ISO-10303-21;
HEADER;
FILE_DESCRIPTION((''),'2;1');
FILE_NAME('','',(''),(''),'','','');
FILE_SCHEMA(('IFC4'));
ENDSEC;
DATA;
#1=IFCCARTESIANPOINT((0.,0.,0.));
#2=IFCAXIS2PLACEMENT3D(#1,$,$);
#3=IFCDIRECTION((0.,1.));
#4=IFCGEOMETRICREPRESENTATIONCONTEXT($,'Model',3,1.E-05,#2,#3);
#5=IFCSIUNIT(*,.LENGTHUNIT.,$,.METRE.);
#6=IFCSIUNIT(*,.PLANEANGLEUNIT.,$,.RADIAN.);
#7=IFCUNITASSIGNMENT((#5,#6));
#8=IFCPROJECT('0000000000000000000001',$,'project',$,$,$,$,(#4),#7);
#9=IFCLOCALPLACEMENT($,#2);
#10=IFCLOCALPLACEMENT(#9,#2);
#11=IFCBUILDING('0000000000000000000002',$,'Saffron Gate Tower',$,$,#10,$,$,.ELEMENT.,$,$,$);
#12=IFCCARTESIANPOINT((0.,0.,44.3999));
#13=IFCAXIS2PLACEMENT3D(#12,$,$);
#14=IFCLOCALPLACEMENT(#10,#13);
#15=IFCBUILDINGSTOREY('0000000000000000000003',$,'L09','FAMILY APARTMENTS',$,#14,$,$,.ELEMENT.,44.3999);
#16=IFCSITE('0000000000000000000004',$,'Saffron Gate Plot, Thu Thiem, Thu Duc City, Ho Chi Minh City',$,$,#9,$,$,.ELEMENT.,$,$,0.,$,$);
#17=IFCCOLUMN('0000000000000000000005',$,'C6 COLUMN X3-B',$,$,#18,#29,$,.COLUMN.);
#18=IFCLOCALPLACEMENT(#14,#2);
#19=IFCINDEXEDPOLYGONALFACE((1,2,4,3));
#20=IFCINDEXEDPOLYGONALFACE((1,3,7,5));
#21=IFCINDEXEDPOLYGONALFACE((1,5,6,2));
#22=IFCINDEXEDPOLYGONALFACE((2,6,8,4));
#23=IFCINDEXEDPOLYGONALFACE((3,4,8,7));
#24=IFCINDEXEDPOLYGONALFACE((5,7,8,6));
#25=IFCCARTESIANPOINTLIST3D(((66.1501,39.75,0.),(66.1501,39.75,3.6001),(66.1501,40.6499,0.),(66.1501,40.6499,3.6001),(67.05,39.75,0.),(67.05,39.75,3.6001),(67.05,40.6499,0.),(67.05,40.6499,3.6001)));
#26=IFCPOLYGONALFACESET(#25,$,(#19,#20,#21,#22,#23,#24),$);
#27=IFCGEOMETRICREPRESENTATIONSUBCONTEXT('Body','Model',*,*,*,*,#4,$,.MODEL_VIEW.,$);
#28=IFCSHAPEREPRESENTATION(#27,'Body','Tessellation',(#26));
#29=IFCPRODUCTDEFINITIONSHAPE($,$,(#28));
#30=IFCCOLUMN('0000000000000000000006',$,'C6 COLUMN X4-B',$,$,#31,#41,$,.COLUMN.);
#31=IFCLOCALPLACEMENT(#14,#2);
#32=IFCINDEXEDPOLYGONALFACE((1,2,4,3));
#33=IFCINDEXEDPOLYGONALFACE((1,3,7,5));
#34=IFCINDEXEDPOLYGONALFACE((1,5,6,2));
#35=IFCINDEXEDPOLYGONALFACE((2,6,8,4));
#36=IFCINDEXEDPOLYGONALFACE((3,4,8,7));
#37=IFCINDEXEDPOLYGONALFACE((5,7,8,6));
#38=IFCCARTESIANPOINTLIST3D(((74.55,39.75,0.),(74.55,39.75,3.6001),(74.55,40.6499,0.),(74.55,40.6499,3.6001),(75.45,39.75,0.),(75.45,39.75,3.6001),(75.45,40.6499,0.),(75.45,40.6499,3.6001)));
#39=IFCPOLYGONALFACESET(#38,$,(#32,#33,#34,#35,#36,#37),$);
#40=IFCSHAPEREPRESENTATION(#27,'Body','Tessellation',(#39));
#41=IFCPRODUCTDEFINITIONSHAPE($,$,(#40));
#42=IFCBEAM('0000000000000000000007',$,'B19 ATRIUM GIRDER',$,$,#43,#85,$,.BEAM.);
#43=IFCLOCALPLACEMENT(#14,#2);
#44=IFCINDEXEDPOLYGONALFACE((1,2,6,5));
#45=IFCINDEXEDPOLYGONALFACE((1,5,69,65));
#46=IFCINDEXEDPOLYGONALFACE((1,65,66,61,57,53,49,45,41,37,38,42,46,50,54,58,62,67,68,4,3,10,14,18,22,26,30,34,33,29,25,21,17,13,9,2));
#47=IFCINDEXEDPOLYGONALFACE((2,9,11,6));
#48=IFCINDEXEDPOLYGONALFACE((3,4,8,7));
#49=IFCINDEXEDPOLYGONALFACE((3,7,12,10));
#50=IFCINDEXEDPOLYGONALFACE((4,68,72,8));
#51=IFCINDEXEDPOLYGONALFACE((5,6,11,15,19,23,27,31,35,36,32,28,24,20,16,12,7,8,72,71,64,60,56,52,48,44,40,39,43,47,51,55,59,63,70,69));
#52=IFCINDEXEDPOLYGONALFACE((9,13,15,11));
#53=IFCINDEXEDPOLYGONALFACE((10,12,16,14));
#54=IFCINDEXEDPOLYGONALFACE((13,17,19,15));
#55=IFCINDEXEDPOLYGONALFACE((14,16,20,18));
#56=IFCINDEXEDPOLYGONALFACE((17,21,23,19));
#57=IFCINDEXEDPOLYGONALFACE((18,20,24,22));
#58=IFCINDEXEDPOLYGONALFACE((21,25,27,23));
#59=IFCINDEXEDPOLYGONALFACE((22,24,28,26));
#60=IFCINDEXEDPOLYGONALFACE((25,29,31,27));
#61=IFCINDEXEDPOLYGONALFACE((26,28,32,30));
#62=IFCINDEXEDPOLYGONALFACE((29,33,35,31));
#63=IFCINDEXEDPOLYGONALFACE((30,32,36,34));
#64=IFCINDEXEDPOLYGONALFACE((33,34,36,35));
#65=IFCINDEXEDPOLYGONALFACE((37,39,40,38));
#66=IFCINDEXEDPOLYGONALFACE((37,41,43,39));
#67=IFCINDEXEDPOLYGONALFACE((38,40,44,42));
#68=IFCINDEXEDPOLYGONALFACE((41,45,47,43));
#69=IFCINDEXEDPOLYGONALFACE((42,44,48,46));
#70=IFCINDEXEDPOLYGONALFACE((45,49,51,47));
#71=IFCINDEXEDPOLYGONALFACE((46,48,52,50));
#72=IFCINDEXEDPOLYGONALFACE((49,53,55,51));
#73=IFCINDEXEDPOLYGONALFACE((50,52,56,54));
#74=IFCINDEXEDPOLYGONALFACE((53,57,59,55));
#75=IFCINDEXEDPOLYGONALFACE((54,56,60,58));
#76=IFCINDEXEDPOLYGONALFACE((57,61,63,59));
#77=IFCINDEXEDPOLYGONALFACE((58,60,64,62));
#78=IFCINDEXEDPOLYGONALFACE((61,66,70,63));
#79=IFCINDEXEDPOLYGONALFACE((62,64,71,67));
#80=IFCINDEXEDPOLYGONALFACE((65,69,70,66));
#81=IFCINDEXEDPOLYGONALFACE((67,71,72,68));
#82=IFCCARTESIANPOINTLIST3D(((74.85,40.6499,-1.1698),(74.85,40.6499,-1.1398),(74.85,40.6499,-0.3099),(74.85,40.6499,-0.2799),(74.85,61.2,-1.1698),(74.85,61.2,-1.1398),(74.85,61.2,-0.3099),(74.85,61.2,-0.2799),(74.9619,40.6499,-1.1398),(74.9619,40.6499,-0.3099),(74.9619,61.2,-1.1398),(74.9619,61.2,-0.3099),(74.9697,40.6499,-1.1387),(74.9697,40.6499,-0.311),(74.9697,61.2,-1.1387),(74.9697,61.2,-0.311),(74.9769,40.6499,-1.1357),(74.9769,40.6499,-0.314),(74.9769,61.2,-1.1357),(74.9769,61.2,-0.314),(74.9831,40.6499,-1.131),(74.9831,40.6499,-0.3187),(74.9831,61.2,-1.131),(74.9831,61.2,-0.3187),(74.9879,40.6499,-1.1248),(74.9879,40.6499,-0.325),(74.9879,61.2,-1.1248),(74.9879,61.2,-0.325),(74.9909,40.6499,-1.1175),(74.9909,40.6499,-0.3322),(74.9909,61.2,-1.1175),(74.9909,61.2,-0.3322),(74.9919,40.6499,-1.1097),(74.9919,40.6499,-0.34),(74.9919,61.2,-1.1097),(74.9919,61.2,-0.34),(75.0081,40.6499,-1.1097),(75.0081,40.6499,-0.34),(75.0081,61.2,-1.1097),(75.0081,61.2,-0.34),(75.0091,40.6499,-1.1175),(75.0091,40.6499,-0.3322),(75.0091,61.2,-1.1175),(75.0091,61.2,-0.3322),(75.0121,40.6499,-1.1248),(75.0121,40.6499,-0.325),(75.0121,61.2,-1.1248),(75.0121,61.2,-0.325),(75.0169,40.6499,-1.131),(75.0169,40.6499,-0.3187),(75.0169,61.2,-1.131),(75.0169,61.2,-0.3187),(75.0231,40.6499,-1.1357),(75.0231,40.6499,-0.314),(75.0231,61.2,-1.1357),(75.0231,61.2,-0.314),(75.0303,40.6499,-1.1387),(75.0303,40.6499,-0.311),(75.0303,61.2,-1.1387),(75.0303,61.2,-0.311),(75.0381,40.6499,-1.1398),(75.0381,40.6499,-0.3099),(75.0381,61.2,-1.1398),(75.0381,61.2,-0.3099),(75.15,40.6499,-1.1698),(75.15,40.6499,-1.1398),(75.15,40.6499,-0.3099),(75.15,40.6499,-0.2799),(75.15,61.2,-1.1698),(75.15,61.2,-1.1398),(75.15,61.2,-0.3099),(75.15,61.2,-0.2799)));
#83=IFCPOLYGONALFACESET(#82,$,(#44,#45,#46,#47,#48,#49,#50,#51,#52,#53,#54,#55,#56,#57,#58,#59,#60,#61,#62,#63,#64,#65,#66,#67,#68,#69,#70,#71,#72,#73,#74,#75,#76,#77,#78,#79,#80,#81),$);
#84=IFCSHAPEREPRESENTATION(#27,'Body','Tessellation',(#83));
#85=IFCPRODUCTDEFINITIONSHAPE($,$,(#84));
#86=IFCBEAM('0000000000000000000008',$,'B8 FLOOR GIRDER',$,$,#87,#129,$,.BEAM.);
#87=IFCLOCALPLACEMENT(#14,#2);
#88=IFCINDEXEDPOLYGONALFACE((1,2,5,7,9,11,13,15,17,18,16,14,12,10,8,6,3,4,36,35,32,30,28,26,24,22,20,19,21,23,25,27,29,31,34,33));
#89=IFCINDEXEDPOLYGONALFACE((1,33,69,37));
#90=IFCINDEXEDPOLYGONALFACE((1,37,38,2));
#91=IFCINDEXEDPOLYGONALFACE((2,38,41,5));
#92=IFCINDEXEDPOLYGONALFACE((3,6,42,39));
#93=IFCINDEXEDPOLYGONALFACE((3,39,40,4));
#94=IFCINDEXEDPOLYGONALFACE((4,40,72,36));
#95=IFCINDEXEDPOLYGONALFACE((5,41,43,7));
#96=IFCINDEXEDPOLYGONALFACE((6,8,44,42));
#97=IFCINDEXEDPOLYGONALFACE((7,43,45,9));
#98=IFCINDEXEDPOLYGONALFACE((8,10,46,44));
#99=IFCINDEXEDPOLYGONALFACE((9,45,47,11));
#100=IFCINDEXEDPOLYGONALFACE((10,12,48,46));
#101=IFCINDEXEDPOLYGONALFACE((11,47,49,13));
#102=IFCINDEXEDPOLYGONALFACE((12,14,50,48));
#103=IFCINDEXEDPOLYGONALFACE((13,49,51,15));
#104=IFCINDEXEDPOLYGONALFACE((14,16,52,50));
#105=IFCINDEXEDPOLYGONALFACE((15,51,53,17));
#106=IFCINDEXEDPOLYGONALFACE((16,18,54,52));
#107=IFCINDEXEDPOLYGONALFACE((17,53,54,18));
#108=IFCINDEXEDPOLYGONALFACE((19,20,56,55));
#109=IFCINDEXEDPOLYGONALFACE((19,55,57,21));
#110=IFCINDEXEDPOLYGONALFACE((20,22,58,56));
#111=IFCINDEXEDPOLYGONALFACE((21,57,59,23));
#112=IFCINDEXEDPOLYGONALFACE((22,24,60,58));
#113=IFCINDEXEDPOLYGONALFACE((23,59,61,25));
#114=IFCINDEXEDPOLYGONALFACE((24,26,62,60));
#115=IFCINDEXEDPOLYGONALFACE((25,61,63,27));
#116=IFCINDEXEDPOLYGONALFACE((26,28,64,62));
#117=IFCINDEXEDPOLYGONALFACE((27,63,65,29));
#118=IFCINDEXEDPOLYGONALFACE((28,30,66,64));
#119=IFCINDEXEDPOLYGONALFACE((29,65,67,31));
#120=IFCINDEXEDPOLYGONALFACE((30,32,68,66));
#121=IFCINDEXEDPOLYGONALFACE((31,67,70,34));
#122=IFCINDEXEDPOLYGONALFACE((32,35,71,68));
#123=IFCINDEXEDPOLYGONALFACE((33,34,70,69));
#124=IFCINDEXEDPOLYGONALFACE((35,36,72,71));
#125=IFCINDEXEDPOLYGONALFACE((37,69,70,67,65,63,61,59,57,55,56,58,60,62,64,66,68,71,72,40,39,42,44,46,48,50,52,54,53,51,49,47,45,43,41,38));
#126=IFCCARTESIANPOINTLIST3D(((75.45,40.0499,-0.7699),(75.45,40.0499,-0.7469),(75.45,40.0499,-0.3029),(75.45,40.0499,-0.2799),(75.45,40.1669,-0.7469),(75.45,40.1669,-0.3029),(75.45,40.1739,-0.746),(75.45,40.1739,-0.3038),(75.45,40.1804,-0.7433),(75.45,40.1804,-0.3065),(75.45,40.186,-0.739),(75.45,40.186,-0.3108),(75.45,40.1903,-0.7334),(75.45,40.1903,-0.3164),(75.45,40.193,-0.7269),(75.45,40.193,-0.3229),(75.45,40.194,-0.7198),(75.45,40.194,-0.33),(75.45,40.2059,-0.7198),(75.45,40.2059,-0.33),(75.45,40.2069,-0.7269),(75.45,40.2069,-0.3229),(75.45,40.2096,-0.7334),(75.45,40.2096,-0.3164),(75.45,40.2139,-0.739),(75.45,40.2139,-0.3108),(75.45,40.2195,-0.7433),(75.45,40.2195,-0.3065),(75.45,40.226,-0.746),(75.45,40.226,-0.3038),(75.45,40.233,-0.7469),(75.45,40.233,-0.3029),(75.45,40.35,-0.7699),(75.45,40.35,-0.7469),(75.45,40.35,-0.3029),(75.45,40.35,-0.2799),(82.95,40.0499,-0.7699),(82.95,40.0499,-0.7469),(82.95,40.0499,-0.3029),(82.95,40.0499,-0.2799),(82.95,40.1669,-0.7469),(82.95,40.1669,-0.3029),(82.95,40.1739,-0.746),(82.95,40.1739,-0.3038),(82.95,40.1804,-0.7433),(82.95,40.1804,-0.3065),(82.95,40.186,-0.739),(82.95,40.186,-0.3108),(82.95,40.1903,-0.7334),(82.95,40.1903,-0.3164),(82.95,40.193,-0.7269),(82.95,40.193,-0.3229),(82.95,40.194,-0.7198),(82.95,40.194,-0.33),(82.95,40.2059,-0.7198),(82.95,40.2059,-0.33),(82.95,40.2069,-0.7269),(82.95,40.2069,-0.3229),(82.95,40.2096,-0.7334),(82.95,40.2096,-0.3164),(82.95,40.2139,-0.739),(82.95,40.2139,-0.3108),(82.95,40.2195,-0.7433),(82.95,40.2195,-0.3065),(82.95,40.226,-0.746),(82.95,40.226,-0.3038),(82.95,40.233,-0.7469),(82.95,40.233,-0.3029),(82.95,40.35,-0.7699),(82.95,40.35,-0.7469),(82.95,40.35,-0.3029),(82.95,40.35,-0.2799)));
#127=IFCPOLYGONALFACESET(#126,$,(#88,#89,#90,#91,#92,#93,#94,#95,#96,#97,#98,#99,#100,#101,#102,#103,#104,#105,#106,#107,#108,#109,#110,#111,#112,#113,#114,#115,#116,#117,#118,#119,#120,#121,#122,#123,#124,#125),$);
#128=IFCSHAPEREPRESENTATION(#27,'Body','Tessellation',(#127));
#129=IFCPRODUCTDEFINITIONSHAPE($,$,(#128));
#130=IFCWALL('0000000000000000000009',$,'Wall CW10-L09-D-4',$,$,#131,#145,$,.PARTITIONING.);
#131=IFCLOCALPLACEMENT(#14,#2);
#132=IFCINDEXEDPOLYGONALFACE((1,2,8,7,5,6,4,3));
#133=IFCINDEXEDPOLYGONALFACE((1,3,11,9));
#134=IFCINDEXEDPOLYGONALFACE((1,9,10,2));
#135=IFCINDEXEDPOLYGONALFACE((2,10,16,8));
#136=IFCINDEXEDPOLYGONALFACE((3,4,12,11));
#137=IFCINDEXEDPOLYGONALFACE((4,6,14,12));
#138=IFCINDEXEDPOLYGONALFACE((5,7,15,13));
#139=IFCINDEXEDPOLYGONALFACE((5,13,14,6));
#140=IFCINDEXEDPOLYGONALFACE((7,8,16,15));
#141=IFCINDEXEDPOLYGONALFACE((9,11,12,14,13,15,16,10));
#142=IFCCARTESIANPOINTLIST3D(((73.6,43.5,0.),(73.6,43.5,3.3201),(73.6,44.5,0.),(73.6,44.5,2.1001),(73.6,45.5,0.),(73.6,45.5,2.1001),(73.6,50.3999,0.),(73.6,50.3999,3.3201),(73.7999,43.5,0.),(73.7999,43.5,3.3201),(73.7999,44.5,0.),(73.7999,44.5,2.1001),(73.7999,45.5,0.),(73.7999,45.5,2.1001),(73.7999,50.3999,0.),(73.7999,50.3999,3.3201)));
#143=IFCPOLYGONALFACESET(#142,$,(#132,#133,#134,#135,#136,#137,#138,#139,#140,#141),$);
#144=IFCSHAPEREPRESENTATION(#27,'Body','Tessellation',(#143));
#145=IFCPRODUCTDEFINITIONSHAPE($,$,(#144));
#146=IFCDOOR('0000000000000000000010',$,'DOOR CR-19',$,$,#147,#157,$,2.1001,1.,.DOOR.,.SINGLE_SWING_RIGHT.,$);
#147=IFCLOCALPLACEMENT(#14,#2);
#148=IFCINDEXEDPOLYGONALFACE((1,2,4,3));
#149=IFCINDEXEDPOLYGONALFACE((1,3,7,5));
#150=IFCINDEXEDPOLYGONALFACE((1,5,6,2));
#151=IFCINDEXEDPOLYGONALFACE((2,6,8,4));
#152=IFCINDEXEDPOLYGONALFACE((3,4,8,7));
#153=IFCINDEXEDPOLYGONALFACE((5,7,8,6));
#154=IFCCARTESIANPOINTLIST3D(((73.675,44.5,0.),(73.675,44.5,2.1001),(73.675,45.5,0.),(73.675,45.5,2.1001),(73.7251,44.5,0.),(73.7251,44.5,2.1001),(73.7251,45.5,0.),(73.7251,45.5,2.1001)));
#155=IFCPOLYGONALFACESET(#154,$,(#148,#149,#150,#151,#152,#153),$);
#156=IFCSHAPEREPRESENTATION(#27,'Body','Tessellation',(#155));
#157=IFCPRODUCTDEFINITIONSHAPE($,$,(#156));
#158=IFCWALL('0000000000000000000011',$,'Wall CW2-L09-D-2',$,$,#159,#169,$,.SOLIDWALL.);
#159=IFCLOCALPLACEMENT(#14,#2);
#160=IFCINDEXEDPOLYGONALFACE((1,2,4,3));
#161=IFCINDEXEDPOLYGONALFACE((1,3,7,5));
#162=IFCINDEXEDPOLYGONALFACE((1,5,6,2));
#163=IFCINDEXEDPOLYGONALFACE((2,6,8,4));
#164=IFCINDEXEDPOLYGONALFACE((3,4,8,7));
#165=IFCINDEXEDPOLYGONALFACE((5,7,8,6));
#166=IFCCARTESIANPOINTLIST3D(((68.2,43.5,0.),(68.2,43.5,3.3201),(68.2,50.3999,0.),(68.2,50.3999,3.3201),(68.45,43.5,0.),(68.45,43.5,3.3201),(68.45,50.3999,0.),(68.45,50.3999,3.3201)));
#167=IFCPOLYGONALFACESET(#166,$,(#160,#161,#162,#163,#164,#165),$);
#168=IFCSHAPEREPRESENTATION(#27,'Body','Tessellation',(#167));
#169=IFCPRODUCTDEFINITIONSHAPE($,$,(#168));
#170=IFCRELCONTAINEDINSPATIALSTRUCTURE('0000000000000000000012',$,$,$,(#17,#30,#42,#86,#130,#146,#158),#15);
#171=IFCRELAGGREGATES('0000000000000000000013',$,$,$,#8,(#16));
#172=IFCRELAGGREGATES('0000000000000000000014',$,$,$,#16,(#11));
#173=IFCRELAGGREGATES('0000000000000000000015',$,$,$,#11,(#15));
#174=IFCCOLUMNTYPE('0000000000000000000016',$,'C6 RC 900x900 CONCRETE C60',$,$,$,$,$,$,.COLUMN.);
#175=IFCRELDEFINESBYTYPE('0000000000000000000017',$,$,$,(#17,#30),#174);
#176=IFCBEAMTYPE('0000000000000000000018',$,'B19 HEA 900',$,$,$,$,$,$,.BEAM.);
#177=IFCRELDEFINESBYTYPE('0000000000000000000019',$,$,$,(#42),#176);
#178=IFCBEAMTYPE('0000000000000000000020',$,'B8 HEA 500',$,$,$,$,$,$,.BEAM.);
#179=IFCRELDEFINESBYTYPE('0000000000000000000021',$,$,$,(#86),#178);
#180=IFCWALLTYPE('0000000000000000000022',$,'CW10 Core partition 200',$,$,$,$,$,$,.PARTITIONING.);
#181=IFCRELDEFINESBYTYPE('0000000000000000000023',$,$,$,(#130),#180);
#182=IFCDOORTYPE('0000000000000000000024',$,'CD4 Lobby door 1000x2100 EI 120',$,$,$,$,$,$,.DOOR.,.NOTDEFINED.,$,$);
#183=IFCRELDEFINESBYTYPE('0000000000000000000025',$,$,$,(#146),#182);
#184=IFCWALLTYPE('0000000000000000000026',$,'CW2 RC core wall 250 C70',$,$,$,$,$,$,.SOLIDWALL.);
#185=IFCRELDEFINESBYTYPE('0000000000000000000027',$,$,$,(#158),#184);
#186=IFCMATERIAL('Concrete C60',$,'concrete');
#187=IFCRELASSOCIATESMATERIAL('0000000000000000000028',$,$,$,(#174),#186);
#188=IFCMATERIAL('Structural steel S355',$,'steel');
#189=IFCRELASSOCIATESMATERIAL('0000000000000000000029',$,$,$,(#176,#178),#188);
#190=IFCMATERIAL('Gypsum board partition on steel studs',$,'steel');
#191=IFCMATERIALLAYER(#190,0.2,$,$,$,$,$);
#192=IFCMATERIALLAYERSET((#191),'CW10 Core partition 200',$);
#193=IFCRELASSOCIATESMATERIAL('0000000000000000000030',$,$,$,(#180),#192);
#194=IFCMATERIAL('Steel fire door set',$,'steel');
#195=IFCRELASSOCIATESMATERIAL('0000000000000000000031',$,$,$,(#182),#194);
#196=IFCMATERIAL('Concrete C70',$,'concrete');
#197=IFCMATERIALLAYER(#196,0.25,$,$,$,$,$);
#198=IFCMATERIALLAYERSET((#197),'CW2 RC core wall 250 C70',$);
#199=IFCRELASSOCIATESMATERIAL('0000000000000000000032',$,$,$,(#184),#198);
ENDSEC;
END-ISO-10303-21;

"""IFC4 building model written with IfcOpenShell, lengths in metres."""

from ifc_helpers import new_model, si_unit, direction, frame, frame_2d, origin, origin_2d, place, context, subcontext, project, spatial, rectangle, i_section, extrude, material, layer, layer_set, material_profile, profile_set, type_object, element, fill, save


model = new_model("IFC4")

# Units and contexts
model_context = context("Model", 3, precision=1e-05, world=origin(), true_north=direction((0.0, 1.0)))
body_context = subcontext(model_context, "Body", "Model", "MODEL_VIEW")
ifc_project = project(units=[si_unit("LENGTHUNIT", "METRE"), si_unit("PLANEANGLEUNIT", "RADIAN")], contexts=[model_context])

# Site, building, storey
site_placement = place(None, origin())
site = spatial("IfcSite", under=ifc_project, at=site_placement, Name="Saffron Gate Plot, Thu Thiem, Thu Duc City, Ho Chi Minh City", CompositionType="ELEMENT", RefElevation=0.0)
building_placement = place(site_placement, origin())
building = spatial("IfcBuilding", under=site, at=building_placement, Name="Saffron Gate Tower", CompositionType="ELEMENT")
storey_placement = place(building_placement, frame((0.0, 0.0, 44.3999)))
storey = spatial("IfcBuildingStorey", under=building, at=storey_placement, Name="L09", Description="FAMILY APARTMENTS", CompositionType="ELEMENT", Elevation=44.3999)

# Columns
ifc_material_1 = material(Name="Concrete C60", Category="concrete")
ifc_material_profile_1 = material_profile(ifc_material_1, rectangle(XDim=0.8999, YDim=0.8999, at=origin_2d()))
ifc_profile_set_1 = profile_set([ifc_material_profile_1], Name="Concrete C60")
column_type = type_object("IfcColumnType", Name="C6 RC 900x900 CONCRETE C60", PredefinedType="COLUMN", material=ifc_profile_set_1)
for number, where, z_axis, x_axis, name in (
    (1, (66.6001, 40.2, 0.0), (0.0, 0.0, 1.0), (1.0, 0.0, 0.0), "C6 COLUMN X3-B"),
    (2, (75.0, 40.2, 0.0), (0.0, 0.0, 1.0), (1.0, 0.0, 0.0), "C6 COLUMN X4-B"),
):
    element("IfcColumn", number, at=place(storey_placement, frame(where, z_axis=z_axis, x_axis=x_axis)), inside=storey, type_object=column_type, Name=name, PredefinedType="COLUMN", context=body_context, shape_type="SweptSolid", body=[
        extrude(rectangle(XDim=0.8999, YDim=0.8999, at=origin_2d()), origin(), (0.0, 0.0, 1.0), 3.6001),
    ])

# Beams
ifc_material_2 = material(Name="Structural steel S355", Category="steel")
ifc_material_profile_2 = material_profile(ifc_material_2, i_section(OverallWidth=0.3, OverallDepth=0.8899, WebThickness=0.0161, FlangeThickness=0.03, FilletRadius=0.03, at=origin_2d()))
ifc_profile_set_2 = profile_set([ifc_material_profile_2], Name="Structural steel S355")
beam_type_1 = type_object("IfcBeamType", Name="B19 HEA 900", PredefinedType="BEAM", material=ifc_profile_set_2)
beam_1_placement = place(storey_placement, frame((75.0, 40.6499, -0.7249), z_axis=(0.0, 1.0, 0.0), x_axis=(-1.0, 0.0, 0.0)))
element("IfcBeam", 3, at=beam_1_placement, inside=storey, type_object=beam_type_1, Name="B19 ATRIUM GIRDER", PredefinedType="BEAM", context=body_context, shape_type="SweptSolid", body=[
    extrude(i_section(OverallWidth=0.3, OverallDepth=0.8899, WebThickness=0.0161, FlangeThickness=0.03, FilletRadius=0.03, at=origin_2d()), origin(), (0.0, 0.0, 1.0), 20.55),
])
ifc_material_profile_3 = material_profile(ifc_material_2, i_section(OverallWidth=0.3, OverallDepth=0.49, WebThickness=0.012, FlangeThickness=0.0229, FilletRadius=0.0271, at=origin_2d()))
ifc_profile_set_3 = profile_set([ifc_material_profile_3], Name="Structural steel S355")
beam_type_2 = type_object("IfcBeamType", Name="B8 HEA 500", PredefinedType="BEAM", material=ifc_profile_set_3)
beam_2_placement = place(storey_placement, frame((75.45, 40.2, -0.5249), z_axis=(1.0, 0.0, 0.0), x_axis=(0.0, 1.0, 0.0)))
element("IfcBeam", 4, at=beam_2_placement, inside=storey, type_object=beam_type_2, Name="B8 FLOOR GIRDER", PredefinedType="BEAM", context=body_context, shape_type="SweptSolid", body=[
    extrude(i_section(OverallWidth=0.3, OverallDepth=0.49, WebThickness=0.012, FlangeThickness=0.0229, FilletRadius=0.0271, at=origin_2d()), origin(), (0.0, 0.0, 1.0), 7.5),
])

# Wall, opening, door
ifc_material_3 = material(Name="Gypsum board partition on steel studs", Category="steel")
ifc_layer_1 = layer(ifc_material_3, 0.2)
ifc_layer_set_1 = layer_set([ifc_layer_1], Name="CW10 Core partition 200")
wall_type_1 = type_object("IfcWallType", Name="CW10 Core partition 200", PredefinedType="PARTITIONING", material=ifc_layer_set_1)
wall_1_placement = place(storey_placement, frame((73.7, 43.5, 0.0), z_axis=(0.0, 0.0, 1.0), x_axis=(0.0, 1.0, 0.0)))
wall_1 = element("IfcWall", 5, at=wall_1_placement, inside=storey, type_object=wall_type_1, Name="Wall CW10-L09-D-4", PredefinedType="PARTITIONING", context=body_context, shape_type="SweptSolid", body=[
    extrude(rectangle(XDim=6.8999, YDim=0.2, at=frame_2d((3.45, 0.0))), origin(), (0.0, 0.0, 1.0), 3.3201),
])
opening_1_placement = place(wall_1_placement, frame((1.0, 0.0, 0.0)))
opening_1 = element("IfcOpeningElement", 6, at=opening_1_placement, cuts=wall_1, PredefinedType="OPENING", context=body_context, shape_type="SweptSolid", body=[
    extrude(rectangle(XDim=1.0, YDim=2.1001, at=frame_2d((0.5, 1.05))), frame((0.0, 0.1099, 0.0), z_axis=(0.0, -1.0, 0.0), x_axis=(1.0, 0.0, 0.0)), (0.0, 0.0, 1.0), 0.22),
])
ifc_material_4 = material(Name="Steel fire door set", Category="steel")
door_type_1 = type_object("IfcDoorType", Name="CD4 Lobby door 1000x2100 EI 120", OperationType="NOTDEFINED", PredefinedType="DOOR", material=ifc_material_4)
door_1_placement = place(opening_1_placement, origin())
door_1 = element("IfcDoor", 7, at=door_1_placement, inside=storey, type_object=door_type_1, Name="DOOR CR-19", OperationType="SINGLE_SWING_RIGHT", OverallHeight=2.1001, OverallWidth=1.0, PredefinedType="DOOR", context=body_context, shape_type="SweptSolid", body=[
    extrude(rectangle(XDim=1.0, YDim=2.1001, at=frame_2d((0.5, 1.05))), frame((0.0, 0.0249, 0.0), z_axis=(0.0, -1.0, 0.0), x_axis=(1.0, 0.0, 0.0)), (0.0, 0.0, 1.0), 0.05),
])
fill(opening_1, door_1)

# Wall
ifc_material_5 = material(Name="Concrete C70", Category="concrete")
ifc_layer_2 = layer(ifc_material_5, 0.25)
ifc_layer_set_2 = layer_set([ifc_layer_2], Name="CW2 RC core wall 250 C70")
wall_type_2 = type_object("IfcWallType", Name="CW2 RC core wall 250 C70", PredefinedType="SOLIDWALL", material=ifc_layer_set_2)
wall_2_placement = place(storey_placement, frame((68.325, 43.5, 0.0), z_axis=(0.0, 0.0, 1.0), x_axis=(0.0, 1.0, 0.0)))
element("IfcWall", 8, at=wall_2_placement, inside=storey, type_object=wall_type_2, Name="Wall CW2-L09-D-2", PredefinedType="SOLIDWALL", context=body_context, shape_type="SweptSolid", body=[
    extrude(rectangle(XDim=6.8999, YDim=0.25, at=frame_2d((3.45, 0.0))), origin(), (0.0, 0.0, 1.0), 3.3201),
])

save(model, "model.ifc")
